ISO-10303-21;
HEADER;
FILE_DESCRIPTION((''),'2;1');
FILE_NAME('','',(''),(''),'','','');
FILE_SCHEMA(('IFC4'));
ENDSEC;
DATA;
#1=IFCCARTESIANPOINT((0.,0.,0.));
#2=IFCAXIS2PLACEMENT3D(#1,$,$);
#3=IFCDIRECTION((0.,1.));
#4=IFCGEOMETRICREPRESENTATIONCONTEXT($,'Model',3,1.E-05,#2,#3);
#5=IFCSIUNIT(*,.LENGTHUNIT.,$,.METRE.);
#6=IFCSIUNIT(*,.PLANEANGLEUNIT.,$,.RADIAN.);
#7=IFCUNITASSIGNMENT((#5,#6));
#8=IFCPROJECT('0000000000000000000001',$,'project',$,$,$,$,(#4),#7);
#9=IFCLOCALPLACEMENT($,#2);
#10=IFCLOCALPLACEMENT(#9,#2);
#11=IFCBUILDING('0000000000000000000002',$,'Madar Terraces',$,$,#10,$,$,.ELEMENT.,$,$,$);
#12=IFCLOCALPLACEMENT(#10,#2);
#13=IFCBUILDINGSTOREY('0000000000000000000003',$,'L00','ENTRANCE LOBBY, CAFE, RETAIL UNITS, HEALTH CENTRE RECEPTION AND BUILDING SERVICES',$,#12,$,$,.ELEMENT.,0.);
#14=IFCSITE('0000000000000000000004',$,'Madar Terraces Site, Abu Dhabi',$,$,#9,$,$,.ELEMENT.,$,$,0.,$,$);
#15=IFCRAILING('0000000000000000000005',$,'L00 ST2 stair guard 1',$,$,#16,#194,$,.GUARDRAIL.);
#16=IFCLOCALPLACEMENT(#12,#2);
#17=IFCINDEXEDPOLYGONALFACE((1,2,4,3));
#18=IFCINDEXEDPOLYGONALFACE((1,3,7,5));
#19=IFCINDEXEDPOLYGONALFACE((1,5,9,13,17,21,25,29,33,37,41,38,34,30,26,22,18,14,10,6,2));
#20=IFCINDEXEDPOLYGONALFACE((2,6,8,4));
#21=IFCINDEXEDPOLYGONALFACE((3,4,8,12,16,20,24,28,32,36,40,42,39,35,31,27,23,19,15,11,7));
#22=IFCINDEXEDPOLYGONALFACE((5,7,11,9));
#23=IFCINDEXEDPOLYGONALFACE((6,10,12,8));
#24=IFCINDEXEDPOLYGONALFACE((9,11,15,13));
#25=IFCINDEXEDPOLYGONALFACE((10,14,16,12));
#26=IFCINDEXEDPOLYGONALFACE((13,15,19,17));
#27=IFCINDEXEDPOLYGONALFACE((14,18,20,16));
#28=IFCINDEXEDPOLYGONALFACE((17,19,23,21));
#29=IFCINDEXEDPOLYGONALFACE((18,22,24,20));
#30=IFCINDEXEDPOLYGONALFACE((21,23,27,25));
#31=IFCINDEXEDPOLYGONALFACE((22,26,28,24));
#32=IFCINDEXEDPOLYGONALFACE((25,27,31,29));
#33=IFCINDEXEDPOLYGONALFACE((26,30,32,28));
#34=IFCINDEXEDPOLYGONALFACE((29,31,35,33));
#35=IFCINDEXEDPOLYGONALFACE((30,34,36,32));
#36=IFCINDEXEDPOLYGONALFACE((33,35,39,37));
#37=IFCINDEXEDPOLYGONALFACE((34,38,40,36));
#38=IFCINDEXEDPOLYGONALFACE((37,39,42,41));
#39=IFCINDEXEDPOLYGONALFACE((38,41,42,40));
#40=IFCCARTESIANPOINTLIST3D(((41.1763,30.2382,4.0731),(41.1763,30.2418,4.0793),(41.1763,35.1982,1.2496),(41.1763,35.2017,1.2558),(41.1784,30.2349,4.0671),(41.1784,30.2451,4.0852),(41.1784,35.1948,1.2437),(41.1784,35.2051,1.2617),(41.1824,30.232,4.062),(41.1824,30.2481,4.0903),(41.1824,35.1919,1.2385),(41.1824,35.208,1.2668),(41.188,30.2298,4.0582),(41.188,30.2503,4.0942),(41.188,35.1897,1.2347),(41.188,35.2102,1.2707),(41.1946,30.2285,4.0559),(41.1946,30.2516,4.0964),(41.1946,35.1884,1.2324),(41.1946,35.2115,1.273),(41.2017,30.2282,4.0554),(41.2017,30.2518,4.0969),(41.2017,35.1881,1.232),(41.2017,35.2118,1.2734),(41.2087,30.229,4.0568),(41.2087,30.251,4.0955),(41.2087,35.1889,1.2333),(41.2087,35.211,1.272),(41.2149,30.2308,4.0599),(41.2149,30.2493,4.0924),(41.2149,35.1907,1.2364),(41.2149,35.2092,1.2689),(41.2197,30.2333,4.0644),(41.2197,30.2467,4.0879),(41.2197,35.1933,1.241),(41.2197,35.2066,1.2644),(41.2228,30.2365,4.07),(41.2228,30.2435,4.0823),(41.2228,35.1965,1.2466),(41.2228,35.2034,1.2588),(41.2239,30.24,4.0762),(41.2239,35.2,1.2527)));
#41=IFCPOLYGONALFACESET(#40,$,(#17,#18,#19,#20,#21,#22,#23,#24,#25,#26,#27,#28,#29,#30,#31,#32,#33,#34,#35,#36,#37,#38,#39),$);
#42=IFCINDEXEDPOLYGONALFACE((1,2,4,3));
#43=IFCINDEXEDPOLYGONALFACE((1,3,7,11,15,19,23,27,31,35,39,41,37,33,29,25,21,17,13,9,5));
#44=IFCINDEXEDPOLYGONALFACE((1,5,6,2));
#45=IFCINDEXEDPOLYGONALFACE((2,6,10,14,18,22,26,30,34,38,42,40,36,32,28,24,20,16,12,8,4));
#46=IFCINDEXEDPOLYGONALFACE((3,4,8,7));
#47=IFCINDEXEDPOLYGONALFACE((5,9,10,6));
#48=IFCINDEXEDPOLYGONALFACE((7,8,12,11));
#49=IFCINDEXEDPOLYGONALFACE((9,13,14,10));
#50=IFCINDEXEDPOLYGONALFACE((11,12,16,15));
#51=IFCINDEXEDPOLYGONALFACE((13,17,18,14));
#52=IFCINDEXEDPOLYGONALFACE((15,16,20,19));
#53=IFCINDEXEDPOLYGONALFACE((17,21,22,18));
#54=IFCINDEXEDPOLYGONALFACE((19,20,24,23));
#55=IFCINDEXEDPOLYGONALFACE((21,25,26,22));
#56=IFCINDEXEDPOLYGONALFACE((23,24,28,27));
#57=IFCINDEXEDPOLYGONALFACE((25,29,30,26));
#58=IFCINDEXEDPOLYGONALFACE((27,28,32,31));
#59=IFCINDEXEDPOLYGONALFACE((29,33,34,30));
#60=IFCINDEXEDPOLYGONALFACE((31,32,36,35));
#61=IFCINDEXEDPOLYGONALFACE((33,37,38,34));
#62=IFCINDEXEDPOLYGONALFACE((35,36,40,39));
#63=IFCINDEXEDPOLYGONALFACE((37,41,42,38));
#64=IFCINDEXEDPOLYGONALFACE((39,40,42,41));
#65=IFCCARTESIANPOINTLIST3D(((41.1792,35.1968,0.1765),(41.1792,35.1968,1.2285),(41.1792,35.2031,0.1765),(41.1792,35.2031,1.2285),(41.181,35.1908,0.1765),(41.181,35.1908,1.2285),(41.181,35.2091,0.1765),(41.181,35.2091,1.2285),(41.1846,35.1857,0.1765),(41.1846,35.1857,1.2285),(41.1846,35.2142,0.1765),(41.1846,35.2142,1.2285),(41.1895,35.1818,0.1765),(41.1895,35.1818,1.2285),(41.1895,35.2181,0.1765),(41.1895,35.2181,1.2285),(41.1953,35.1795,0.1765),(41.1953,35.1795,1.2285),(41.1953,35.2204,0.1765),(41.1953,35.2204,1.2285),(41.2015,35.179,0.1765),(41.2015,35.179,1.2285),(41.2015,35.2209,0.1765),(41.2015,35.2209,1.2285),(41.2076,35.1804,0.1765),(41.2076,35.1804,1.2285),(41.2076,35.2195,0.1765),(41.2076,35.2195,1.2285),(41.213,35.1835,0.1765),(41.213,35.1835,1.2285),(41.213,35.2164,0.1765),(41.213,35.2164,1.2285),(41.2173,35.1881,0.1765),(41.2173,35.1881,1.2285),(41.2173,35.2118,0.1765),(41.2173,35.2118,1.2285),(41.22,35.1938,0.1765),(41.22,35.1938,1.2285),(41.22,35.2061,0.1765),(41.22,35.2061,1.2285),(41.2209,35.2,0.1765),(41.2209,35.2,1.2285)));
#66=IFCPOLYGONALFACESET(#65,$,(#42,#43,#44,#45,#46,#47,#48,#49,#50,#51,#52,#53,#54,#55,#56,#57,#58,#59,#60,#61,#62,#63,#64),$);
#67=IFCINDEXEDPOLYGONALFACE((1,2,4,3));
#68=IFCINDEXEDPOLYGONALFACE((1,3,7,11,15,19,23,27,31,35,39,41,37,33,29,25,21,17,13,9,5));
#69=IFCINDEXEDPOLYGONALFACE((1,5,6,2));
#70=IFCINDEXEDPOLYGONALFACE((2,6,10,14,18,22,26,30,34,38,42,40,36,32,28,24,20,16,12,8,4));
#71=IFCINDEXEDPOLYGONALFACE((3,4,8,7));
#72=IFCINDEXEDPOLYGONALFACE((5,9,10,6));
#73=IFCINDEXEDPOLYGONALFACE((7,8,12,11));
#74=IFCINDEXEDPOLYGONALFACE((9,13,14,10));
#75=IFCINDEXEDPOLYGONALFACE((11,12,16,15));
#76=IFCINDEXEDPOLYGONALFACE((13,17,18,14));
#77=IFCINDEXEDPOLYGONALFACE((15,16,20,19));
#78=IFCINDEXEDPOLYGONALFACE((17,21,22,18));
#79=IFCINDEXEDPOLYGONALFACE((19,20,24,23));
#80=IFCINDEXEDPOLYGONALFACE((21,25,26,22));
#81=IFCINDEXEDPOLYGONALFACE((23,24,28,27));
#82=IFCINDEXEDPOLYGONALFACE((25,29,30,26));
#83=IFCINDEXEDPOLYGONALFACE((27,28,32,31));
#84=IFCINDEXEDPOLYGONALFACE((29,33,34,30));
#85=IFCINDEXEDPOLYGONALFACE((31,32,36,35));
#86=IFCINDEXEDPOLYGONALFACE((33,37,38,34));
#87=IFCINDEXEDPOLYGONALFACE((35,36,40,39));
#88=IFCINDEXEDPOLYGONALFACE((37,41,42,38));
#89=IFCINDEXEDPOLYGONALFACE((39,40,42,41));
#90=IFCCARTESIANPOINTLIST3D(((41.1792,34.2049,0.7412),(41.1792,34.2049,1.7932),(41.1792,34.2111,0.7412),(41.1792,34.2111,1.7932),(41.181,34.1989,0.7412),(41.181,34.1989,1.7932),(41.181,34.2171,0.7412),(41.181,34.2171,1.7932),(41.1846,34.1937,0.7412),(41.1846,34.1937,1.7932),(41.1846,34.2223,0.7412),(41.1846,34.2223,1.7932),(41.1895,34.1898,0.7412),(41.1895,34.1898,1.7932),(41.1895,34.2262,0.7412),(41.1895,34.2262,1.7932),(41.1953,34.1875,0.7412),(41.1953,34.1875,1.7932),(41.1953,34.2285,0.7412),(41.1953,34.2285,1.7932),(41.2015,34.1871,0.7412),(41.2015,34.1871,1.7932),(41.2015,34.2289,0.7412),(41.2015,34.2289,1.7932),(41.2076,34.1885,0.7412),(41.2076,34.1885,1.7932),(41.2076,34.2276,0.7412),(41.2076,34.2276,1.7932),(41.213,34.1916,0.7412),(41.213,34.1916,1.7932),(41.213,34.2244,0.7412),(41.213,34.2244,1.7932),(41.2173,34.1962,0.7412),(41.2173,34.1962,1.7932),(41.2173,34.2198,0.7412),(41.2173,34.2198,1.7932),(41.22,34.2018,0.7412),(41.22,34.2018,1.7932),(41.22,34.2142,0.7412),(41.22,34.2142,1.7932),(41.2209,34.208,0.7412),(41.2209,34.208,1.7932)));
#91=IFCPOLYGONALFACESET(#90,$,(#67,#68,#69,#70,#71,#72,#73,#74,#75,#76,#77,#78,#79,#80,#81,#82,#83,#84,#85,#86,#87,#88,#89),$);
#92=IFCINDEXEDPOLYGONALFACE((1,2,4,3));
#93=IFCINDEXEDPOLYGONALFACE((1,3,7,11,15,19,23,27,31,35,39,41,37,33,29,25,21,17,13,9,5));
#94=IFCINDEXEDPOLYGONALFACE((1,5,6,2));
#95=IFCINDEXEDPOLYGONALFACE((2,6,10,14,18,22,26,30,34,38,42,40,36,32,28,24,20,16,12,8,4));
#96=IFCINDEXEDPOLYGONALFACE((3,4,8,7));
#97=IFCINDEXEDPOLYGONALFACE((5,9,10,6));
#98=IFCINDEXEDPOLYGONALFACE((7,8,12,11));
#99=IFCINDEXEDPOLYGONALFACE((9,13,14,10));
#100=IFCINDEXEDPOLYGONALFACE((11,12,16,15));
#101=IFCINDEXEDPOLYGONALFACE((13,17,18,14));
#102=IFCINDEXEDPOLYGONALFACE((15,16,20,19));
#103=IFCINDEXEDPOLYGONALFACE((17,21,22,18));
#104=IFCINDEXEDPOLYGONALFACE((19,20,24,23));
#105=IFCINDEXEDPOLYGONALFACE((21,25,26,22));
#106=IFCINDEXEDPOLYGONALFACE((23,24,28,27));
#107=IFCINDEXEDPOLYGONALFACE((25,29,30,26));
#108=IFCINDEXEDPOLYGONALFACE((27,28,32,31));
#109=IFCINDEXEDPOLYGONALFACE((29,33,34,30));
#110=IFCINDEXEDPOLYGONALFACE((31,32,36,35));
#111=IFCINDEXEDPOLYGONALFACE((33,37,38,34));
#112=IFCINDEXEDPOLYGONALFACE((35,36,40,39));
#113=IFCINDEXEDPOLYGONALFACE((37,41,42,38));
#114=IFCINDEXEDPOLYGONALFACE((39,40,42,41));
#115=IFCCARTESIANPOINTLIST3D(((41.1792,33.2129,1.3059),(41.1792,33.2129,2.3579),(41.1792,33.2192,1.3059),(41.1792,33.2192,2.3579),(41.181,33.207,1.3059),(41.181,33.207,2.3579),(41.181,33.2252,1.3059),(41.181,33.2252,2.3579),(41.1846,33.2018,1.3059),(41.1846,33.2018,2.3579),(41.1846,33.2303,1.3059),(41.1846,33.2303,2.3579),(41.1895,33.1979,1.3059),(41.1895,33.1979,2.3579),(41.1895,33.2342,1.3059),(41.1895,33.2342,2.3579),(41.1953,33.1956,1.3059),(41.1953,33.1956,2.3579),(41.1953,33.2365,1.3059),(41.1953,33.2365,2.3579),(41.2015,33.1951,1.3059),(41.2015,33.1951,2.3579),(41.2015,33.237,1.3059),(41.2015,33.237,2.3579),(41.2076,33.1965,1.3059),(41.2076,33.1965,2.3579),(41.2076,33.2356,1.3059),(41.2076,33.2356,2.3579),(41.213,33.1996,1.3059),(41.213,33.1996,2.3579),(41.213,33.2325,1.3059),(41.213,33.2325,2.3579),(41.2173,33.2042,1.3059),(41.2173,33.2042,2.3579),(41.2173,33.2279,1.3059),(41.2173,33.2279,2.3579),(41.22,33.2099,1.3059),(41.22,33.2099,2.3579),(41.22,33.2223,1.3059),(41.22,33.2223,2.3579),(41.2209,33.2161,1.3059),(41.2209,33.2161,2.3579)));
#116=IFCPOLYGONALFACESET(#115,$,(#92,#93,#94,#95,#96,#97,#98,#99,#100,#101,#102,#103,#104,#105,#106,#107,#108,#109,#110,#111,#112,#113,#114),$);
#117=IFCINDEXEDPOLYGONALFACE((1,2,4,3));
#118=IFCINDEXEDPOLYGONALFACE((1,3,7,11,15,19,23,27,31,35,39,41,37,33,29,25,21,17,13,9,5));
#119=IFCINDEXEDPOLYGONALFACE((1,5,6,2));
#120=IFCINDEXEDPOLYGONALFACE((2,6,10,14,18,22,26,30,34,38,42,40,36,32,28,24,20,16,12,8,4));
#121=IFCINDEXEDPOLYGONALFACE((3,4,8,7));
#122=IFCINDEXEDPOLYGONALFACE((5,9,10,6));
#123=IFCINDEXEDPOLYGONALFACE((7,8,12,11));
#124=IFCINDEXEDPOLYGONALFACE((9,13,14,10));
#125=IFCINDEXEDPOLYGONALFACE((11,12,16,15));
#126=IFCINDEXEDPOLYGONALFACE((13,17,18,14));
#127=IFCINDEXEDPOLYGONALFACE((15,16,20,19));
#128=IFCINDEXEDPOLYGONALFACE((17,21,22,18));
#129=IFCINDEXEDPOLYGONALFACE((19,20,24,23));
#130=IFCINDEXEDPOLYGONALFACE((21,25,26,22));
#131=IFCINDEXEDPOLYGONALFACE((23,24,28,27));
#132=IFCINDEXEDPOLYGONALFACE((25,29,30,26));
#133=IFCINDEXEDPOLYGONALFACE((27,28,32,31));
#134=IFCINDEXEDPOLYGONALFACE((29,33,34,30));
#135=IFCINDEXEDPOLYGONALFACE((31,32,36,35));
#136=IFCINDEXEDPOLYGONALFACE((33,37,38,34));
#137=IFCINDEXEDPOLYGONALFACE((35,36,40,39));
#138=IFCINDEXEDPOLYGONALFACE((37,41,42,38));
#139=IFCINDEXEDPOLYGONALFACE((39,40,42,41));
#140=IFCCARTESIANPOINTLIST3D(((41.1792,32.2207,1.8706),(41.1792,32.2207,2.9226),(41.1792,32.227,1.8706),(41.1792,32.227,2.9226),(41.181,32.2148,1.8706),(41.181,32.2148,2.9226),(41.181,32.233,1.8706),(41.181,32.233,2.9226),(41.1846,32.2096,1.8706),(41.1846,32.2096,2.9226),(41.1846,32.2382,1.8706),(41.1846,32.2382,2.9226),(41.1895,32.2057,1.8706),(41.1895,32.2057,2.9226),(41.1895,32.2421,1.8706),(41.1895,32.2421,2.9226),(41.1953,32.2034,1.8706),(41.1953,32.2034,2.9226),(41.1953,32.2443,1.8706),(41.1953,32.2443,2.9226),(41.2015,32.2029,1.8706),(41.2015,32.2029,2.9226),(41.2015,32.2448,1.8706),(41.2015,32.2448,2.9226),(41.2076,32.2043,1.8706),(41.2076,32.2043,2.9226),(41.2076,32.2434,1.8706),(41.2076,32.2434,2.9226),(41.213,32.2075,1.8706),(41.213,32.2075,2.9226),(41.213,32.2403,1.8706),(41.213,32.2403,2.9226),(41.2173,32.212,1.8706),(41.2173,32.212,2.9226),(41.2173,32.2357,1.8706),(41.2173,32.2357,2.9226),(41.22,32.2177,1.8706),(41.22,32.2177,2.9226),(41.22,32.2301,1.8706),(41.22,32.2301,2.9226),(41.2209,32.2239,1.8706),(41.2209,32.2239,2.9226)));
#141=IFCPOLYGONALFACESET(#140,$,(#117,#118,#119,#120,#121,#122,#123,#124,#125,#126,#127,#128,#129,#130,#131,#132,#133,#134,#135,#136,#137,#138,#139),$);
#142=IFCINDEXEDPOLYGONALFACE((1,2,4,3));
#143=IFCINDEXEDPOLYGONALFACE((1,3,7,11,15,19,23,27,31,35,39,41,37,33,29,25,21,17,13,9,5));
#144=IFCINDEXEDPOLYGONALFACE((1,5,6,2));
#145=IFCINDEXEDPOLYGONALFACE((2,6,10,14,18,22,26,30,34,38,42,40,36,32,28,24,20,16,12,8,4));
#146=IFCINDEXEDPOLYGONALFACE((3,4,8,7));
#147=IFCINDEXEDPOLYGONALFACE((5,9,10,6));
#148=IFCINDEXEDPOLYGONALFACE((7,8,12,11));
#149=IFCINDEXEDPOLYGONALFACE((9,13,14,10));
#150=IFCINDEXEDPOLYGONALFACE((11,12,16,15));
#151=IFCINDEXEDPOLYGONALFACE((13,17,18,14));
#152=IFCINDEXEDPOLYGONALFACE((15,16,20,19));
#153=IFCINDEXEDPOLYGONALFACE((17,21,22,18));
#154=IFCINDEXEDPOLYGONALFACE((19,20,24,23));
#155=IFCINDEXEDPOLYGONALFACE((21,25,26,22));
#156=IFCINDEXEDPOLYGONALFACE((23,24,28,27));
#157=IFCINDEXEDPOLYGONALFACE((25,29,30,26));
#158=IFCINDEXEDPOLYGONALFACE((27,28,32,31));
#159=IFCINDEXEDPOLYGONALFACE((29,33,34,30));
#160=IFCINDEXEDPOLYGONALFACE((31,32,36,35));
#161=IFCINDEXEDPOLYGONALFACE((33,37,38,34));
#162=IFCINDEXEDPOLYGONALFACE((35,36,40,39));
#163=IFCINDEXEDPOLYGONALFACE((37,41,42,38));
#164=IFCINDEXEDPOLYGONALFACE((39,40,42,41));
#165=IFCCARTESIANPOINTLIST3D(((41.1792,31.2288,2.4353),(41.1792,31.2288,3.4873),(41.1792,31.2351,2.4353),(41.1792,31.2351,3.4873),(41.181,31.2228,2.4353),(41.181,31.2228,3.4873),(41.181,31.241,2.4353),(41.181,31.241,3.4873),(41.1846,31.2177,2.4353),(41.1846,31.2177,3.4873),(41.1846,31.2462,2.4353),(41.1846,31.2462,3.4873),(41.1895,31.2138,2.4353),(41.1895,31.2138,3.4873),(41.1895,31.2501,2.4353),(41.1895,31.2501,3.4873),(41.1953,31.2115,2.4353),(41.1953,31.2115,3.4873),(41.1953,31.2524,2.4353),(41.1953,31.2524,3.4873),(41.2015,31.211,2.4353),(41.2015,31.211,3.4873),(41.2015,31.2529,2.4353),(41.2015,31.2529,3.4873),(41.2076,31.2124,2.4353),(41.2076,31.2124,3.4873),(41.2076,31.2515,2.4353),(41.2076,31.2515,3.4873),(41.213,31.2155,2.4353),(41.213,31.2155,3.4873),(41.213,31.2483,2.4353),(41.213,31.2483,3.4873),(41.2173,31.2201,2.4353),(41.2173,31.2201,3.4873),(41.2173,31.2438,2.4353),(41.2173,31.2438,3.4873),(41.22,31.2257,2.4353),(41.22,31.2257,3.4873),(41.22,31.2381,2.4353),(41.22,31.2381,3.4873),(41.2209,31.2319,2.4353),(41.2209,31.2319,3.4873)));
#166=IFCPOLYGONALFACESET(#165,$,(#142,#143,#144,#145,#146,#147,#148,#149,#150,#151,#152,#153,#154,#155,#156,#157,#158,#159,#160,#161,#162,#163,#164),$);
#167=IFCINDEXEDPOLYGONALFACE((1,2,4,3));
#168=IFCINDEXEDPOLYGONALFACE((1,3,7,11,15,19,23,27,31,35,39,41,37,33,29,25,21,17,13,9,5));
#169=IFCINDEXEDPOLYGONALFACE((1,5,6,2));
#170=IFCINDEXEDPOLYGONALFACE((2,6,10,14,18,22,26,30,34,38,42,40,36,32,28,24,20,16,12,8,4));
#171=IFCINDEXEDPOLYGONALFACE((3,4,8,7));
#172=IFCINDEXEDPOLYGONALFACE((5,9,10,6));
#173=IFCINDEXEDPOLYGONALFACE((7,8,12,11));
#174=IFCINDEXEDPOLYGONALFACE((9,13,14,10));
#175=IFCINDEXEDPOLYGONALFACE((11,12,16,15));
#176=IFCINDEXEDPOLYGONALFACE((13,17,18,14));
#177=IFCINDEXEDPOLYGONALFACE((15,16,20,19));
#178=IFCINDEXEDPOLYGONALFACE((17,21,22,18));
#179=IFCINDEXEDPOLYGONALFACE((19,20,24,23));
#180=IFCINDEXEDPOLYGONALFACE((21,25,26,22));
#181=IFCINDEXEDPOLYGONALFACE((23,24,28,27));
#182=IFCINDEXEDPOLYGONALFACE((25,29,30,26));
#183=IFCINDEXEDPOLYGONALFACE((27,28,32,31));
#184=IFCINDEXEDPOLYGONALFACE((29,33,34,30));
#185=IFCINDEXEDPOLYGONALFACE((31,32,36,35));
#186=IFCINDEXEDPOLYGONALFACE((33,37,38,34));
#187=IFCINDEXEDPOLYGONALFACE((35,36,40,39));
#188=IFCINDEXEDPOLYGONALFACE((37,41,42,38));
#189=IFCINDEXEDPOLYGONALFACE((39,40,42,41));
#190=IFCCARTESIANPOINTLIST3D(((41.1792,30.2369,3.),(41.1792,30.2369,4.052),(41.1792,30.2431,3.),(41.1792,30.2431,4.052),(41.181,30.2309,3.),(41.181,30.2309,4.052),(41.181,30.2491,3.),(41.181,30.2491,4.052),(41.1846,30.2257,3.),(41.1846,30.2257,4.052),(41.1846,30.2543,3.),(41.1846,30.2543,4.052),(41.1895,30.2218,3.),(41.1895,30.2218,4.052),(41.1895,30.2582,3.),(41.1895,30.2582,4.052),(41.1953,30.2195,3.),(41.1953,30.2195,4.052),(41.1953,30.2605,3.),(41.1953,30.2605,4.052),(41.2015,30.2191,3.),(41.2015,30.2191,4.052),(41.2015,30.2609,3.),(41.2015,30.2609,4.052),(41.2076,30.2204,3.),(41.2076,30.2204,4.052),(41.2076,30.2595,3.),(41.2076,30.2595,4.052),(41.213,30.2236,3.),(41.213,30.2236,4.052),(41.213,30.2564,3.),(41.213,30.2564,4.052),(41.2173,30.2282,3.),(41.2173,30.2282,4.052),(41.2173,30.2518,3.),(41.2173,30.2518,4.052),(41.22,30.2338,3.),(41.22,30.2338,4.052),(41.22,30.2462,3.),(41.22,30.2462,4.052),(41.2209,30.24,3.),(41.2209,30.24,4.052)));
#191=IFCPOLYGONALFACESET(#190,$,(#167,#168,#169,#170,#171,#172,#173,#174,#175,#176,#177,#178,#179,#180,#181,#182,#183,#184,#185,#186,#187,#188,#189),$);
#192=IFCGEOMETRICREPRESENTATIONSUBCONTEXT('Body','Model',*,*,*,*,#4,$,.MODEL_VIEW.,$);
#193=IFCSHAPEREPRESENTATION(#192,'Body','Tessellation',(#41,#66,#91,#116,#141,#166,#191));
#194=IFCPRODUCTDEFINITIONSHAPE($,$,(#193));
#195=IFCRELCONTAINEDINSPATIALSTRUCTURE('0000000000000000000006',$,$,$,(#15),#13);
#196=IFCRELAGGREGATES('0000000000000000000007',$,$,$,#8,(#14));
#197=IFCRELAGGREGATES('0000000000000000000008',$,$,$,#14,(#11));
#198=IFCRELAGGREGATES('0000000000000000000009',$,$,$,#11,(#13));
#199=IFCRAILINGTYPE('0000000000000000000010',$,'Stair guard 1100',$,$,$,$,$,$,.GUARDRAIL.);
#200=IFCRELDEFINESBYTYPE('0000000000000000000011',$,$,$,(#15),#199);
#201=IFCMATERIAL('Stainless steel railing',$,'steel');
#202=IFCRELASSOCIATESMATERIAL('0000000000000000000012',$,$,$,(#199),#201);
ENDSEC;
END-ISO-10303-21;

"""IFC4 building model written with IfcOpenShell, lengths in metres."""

from ifc_helpers import new_model, si_unit, direction, frame, origin, origin_2d, place, context, subcontext, project, spatial, circle, extrude, material, type_object, element, save


model = new_model("IFC4")

# Units and contexts
model_context = context("Model", 3, precision=1e-05, world=origin(), true_north=direction((0.0, 1.0)))
body_context = subcontext(model_context, "Body", "Model", "MODEL_VIEW")
ifc_project = project(units=[si_unit("LENGTHUNIT", "METRE"), si_unit("PLANEANGLEUNIT", "RADIAN")], contexts=[model_context])

# Site, building, storey
site_placement = place(None, origin())
site = spatial("IfcSite", under=ifc_project, at=site_placement, Name="Madar Terraces Site, Abu Dhabi", CompositionType="ELEMENT", RefElevation=0.0)
building_placement = place(site_placement, origin())
building = spatial("IfcBuilding", under=site, at=building_placement, Name="Madar Terraces", CompositionType="ELEMENT")
storey_placement = place(building_placement, origin())
storey = spatial("IfcBuildingStorey", under=building, at=storey_placement, Name="L00", Description="ENTRANCE LOBBY, CAFE, RETAIL UNITS, HEALTH CENTRE RECEPTION AND BUILDING SERVICES", CompositionType="ELEMENT", Elevation=0.0)

# Railing
ifc_material_1 = material(Name="Stainless steel railing", Category="steel")
railing_type_1 = type_object("IfcRailingType", Name="Stair guard 1100", PredefinedType="GUARDRAIL", material=ifc_material_1)
railing_1_placement = place(storey_placement, frame((41.2, 35.2, 0.1765)))
element("IfcRailing", 1, at=railing_1_placement, inside=storey, type_object=railing_type_1, Name="L00 ST2 stair guard 1", PredefinedType="GUARDRAIL", context=body_context, shape_type="SweptSolid", body=[
    extrude(circle(Radius=0.0239, at=origin_2d()), frame((0.0, 0.0, 1.0762), z_axis=(0.0, -0.869055, 0.494715), x_axis=(1.0, 0.0, 0.0)), (0.0, 0.0, 1.0), 5.7073),
    extrude(circle(Radius=0.021, at=origin_2d()), origin(), (0.0, 0.0, 1.0), 1.052),
    extrude(circle(Radius=0.021, at=origin_2d()), frame((0.0, -0.9919, 0.5647)), (0.0, 0.0, 1.0), 1.052),
    extrude(circle(Radius=0.021, at=origin_2d()), frame((0.0, -1.9839, 1.1294)), (0.0, 0.0, 1.0), 1.052),
    extrude(circle(Radius=0.021, at=origin_2d()), frame((0.0, -2.9761, 1.6941)), (0.0, 0.0, 1.0), 1.052),
    extrude(circle(Radius=0.021, at=origin_2d()), frame((0.0, -3.968, 2.2588)), (0.0, 0.0, 1.0), 1.052),
    extrude(circle(Radius=0.021, at=origin_2d()), frame((0.0, -4.96, 2.8235)), (0.0, 0.0, 1.0), 1.052),
])

save(model, "model.ifc")
